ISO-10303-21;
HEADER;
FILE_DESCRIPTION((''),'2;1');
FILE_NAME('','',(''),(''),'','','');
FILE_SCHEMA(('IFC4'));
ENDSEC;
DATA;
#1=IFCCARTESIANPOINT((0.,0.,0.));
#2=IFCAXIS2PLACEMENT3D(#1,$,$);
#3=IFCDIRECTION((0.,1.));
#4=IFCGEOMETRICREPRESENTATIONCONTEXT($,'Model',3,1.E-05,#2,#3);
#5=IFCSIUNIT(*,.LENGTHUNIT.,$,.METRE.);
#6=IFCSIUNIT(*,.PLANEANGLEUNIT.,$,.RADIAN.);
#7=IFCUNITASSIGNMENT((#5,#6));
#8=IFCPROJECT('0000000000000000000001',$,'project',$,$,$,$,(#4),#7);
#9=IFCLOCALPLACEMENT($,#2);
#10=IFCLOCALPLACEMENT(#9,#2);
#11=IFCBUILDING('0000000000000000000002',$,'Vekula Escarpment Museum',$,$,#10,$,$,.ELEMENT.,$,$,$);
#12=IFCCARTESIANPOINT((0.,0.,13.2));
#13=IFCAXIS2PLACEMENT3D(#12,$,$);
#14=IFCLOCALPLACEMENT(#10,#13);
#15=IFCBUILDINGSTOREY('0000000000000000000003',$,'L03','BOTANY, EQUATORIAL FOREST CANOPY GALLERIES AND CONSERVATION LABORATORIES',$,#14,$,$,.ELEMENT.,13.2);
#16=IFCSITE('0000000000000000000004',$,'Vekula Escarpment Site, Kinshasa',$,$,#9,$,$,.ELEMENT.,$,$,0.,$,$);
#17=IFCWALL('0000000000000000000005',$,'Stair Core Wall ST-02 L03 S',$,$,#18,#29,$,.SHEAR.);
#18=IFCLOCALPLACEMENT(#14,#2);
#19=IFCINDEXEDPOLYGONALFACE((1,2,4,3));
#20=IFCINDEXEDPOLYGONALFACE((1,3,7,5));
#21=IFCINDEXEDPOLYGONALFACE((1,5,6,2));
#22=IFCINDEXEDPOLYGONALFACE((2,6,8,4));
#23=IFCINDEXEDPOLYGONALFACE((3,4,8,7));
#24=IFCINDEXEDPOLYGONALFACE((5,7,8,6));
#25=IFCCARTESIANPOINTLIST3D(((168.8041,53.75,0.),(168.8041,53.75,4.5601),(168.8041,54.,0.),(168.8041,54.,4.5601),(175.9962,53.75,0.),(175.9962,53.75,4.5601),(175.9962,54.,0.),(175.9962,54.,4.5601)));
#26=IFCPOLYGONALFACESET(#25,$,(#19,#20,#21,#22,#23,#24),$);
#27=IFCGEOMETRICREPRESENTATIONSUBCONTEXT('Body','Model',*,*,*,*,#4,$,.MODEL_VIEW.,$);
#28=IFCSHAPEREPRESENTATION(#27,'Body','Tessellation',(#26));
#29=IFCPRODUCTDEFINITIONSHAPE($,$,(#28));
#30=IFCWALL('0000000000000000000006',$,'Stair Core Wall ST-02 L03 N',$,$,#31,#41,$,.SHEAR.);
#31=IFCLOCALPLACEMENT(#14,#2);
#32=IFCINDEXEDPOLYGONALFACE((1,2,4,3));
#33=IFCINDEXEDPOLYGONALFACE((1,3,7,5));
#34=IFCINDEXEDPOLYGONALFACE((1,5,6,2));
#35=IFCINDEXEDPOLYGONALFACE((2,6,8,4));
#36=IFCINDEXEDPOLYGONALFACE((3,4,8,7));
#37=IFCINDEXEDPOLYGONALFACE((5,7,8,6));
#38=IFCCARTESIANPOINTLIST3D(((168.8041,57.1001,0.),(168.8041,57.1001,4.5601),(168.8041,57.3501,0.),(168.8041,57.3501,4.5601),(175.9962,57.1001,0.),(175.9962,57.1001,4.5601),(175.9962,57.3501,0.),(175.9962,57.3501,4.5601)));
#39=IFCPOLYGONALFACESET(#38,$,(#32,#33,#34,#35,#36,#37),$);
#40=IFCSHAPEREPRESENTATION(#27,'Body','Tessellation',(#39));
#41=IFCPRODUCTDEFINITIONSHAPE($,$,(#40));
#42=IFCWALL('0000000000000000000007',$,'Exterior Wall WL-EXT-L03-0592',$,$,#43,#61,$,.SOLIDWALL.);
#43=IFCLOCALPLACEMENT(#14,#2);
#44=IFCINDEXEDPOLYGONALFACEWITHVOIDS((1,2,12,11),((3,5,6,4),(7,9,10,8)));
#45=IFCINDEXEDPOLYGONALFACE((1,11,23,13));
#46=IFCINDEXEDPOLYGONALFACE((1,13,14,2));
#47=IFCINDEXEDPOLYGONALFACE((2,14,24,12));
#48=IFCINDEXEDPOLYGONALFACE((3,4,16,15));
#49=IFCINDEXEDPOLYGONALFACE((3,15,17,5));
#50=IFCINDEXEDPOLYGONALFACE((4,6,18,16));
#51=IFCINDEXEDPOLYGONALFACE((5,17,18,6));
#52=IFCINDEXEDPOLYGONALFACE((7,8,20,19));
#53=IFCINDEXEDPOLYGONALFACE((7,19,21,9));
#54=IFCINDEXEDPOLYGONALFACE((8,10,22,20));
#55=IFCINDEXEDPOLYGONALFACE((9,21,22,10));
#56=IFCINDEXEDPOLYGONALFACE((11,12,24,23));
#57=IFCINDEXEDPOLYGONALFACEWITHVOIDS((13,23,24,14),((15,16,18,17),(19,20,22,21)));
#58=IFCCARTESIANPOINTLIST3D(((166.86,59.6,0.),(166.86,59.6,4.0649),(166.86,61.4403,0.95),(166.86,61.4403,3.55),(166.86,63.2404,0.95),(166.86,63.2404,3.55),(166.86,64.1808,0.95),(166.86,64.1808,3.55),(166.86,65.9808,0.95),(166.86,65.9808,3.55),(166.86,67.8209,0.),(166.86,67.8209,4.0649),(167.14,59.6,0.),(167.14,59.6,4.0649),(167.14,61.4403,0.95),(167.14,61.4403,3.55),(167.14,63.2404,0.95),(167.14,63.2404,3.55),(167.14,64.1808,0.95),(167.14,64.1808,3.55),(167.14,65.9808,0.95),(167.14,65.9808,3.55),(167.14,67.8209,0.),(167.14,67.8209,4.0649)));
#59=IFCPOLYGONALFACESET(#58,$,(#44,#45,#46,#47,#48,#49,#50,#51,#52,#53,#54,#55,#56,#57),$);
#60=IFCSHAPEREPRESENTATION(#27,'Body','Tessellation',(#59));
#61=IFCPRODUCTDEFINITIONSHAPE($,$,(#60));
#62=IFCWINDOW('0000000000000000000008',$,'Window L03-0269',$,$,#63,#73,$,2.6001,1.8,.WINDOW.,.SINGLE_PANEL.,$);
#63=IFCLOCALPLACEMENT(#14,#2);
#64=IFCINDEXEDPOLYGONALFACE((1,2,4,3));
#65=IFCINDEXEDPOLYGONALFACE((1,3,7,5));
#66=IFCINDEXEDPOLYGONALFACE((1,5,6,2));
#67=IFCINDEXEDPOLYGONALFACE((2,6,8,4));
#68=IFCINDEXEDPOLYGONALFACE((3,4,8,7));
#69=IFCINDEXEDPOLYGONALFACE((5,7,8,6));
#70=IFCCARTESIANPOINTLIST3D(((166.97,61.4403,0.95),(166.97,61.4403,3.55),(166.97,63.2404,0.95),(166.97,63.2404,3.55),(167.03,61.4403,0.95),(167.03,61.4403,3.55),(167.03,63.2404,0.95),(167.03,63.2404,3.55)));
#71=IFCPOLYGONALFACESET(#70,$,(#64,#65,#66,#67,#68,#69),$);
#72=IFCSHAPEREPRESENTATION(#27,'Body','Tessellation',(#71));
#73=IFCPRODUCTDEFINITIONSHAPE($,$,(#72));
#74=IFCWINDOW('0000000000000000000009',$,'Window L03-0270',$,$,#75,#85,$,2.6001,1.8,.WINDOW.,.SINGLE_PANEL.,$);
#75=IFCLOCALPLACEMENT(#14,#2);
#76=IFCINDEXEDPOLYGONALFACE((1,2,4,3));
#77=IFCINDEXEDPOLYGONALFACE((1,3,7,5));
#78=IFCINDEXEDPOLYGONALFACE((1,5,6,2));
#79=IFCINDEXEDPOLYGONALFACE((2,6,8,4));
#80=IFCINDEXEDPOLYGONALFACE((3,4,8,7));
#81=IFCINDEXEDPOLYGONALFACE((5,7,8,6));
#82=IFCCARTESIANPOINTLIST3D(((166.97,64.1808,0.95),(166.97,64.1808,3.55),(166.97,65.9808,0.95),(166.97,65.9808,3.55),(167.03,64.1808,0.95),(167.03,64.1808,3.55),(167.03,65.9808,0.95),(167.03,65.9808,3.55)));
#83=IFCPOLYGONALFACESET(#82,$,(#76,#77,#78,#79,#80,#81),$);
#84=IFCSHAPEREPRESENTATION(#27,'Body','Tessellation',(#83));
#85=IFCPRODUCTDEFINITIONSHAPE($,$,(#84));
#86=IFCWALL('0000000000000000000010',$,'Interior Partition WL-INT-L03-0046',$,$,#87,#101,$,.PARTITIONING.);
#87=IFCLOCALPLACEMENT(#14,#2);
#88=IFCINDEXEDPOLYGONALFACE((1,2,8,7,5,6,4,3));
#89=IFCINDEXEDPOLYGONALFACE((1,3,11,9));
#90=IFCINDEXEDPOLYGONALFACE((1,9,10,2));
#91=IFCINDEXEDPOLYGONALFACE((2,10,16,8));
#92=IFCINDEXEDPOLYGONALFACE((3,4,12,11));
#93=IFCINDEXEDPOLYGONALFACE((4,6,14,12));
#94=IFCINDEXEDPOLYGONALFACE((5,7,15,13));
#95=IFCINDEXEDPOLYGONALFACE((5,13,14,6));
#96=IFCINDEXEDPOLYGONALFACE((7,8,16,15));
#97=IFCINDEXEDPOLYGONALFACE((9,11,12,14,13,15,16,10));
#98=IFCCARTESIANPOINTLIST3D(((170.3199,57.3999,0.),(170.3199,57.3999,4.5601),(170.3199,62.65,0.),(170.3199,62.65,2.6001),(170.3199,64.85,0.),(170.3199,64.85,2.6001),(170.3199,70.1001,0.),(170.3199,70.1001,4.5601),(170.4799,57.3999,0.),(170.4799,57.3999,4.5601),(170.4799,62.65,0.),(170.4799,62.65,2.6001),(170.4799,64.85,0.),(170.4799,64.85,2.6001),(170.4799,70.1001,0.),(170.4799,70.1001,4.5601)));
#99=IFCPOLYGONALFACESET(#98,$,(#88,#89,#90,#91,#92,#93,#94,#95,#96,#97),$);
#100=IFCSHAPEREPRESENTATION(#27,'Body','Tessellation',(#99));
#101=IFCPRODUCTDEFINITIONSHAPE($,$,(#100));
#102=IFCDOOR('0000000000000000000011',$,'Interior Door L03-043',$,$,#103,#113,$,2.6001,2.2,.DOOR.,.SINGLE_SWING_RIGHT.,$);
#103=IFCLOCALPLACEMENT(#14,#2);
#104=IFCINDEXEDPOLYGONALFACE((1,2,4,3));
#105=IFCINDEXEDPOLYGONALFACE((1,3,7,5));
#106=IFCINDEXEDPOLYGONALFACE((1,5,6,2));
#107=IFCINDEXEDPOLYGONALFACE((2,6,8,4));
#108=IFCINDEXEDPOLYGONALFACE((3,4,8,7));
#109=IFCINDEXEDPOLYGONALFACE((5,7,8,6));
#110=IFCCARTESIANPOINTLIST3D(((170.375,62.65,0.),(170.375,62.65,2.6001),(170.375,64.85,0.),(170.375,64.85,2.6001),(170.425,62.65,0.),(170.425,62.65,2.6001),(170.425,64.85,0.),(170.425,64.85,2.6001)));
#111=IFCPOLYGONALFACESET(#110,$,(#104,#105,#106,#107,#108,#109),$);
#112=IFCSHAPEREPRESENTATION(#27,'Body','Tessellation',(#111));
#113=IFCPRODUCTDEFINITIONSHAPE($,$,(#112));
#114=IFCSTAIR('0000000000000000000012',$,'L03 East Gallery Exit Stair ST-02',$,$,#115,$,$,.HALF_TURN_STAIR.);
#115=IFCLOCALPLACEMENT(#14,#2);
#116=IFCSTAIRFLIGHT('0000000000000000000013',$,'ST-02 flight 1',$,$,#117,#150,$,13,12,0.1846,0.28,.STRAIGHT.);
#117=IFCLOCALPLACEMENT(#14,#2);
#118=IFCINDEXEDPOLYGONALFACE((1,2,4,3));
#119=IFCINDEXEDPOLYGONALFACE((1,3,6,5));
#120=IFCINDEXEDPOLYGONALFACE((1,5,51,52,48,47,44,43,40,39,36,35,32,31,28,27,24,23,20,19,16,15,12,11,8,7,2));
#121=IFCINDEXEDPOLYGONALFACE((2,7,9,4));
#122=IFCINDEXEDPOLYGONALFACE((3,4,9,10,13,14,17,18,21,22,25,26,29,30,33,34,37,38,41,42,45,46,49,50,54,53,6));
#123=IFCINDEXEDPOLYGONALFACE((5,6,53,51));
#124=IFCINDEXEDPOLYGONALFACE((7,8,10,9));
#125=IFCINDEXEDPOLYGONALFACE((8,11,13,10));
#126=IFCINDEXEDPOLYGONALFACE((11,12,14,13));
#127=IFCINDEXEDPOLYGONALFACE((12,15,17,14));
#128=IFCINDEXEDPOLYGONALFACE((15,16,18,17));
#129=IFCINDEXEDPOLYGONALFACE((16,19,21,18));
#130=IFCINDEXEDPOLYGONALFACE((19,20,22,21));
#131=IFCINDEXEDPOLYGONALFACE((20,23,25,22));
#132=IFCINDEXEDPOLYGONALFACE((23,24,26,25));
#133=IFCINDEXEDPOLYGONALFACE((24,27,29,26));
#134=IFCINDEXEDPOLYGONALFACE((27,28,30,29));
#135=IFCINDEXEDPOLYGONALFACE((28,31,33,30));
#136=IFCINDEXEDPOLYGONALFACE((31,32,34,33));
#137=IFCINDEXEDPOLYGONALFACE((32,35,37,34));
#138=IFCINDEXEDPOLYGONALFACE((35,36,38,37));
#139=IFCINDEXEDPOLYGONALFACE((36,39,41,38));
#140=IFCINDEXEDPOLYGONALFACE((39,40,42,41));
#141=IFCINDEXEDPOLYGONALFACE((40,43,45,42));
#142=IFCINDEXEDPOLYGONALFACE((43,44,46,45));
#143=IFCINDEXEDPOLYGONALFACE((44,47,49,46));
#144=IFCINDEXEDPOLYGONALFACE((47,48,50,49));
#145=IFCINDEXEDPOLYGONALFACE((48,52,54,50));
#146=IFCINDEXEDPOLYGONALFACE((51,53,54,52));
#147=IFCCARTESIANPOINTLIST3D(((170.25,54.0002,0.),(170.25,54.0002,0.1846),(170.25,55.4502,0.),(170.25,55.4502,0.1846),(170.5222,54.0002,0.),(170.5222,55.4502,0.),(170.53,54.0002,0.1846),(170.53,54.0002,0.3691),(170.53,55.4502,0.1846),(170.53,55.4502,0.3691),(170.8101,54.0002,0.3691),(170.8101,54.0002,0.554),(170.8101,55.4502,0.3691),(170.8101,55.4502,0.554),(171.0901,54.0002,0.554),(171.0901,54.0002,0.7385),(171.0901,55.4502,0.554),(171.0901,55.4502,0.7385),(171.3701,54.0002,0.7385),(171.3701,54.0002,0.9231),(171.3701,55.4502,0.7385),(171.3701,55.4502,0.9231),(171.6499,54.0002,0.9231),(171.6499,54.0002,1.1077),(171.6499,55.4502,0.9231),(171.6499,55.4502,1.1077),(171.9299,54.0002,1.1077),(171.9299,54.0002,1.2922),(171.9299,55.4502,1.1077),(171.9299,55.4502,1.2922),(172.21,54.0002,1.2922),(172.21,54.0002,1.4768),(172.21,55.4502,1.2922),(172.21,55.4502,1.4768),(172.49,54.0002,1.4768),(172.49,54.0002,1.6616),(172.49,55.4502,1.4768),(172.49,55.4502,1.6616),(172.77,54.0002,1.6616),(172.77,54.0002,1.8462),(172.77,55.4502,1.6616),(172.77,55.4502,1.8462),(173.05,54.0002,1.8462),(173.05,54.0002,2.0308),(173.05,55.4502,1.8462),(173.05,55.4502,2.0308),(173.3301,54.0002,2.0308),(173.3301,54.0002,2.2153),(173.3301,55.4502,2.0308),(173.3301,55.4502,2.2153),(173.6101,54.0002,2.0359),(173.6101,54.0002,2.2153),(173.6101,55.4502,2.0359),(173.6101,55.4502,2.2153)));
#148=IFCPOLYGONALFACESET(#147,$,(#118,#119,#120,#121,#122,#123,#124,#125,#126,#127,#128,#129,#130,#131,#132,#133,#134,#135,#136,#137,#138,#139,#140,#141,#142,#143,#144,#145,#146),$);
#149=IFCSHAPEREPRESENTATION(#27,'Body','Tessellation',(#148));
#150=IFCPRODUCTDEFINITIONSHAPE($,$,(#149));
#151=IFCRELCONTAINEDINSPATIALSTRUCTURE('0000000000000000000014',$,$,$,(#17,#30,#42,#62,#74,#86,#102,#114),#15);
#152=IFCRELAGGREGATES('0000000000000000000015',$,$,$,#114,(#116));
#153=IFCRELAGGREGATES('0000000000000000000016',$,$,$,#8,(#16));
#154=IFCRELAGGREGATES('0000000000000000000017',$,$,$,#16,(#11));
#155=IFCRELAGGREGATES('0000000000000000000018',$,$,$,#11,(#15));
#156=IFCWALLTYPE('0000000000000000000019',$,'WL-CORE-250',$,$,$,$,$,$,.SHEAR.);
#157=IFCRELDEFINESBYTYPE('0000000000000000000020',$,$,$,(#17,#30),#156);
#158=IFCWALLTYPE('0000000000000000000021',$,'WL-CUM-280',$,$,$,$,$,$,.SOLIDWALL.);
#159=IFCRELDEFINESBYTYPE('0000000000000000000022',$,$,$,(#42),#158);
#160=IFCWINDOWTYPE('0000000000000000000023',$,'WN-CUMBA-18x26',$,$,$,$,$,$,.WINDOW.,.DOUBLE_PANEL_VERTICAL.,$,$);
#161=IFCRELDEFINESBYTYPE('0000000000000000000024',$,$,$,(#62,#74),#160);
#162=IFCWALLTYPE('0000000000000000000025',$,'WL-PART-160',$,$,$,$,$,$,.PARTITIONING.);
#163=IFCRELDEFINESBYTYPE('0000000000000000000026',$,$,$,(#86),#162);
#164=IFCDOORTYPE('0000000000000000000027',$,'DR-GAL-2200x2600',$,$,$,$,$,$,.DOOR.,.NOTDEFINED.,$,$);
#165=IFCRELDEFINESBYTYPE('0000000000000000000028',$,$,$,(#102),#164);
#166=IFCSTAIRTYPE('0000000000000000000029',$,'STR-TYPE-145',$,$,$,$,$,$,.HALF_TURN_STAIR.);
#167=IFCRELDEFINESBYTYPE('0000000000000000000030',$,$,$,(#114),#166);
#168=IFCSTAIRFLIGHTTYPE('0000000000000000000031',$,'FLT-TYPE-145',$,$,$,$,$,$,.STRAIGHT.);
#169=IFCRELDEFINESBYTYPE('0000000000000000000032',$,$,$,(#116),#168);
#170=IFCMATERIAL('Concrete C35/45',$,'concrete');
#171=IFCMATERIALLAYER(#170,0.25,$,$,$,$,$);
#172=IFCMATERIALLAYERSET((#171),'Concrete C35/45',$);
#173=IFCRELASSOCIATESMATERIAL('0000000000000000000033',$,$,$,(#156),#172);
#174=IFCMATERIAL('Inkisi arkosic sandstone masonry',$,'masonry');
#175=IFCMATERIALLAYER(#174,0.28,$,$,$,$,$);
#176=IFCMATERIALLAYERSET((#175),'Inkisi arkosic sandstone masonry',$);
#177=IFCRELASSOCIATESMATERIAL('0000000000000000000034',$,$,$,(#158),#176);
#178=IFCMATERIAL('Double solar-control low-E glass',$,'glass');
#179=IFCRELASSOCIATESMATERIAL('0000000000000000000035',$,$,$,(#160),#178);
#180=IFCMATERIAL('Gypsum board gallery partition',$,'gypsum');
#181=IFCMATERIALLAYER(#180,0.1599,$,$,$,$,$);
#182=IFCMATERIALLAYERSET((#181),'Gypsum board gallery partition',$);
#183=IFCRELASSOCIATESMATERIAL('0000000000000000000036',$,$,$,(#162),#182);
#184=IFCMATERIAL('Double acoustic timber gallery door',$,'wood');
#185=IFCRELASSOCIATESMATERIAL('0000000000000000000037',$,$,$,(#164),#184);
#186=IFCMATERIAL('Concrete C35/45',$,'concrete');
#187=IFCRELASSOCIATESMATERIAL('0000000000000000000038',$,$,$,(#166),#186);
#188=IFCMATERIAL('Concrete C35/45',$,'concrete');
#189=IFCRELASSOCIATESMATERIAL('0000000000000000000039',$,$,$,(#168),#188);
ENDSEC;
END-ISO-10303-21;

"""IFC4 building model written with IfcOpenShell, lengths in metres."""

from ifc_helpers import new_model, si_unit, direction, frame, frame_2d, origin, place, context, subcontext, project, spatial, polyline, rectangle, outline, extrude, material, layer, layer_set, type_object, element, fill, aggregate, save


model = new_model("IFC4")

# Units and contexts
model_context = context("Model", 3, precision=1e-05, world=origin(), true_north=direction((0.0, 1.0)))
body_context = subcontext(model_context, "Body", "Model", "MODEL_VIEW")
ifc_project = project(units=[si_unit("LENGTHUNIT", "METRE"), si_unit("PLANEANGLEUNIT", "RADIAN")], contexts=[model_context])

# Site, building, storey
site_placement = place(None, origin())
site = spatial("IfcSite", under=ifc_project, at=site_placement, Name="Vekula Escarpment Site, Kinshasa", CompositionType="ELEMENT", RefElevation=0.0)
building_placement = place(site_placement, origin())
building = spatial("IfcBuilding", under=site, at=building_placement, Name="Vekula Escarpment Museum", CompositionType="ELEMENT")
storey_placement = place(building_placement, frame((0.0, 0.0, 13.2)))
storey = spatial("IfcBuildingStorey", under=building, at=storey_placement, Name="L03", Description="BOTANY, EQUATORIAL FOREST CANOPY GALLERIES AND CONSERVATION LABORATORIES", CompositionType="ELEMENT", Elevation=13.2)

# Shared definitions
ifc_material_1 = material(Name="Concrete C35/45", Category="concrete")
ifc_layer_1 = layer(ifc_material_1, 0.25)
ifc_layer_set_1 = layer_set([ifc_layer_1], Name="Concrete C35/45")
wall_type_1 = type_object("IfcWallType", Name="WL-CORE-250", PredefinedType="SHEAR", material=ifc_layer_set_1)

# Walls
for number, where, z_axis, x_axis, name in (
    (1, (168.804, 53.875, 0.0), (0.0, 0.0, 1.0), (1.0, 0.0, 0.0), "Stair Core Wall ST-02 L03 S"),
    (2, (168.804, 57.2251, 0.0), (0.0, 0.0, 1.0), (1.0, 0.0, 0.0), "Stair Core Wall ST-02 L03 N"),
):
    element("IfcWall", number, at=place(storey_placement, frame(where, z_axis=z_axis, x_axis=x_axis)), inside=storey, type_object=wall_type_1, Name=name, PredefinedType="SHEAR", context=body_context, shape_type="SweptSolid", body=[
        extrude(rectangle(XDim=7.1921, YDim=0.25, at=frame_2d((3.5962, 0.0))), origin(), (0.0, 0.0, 1.0), 4.5601),
    ])

# Wall, openings, windows
ifc_material_2 = material(Name="Inkisi arkosic sandstone masonry", Category="masonry")
ifc_layer_2 = layer(ifc_material_2, 0.28)
ifc_layer_set_2 = layer_set([ifc_layer_2], Name="Inkisi arkosic sandstone masonry")
wall_type_2 = type_object("IfcWallType", Name="WL-CUM-280", PredefinedType="SOLIDWALL", material=ifc_layer_set_2)
wall_1_placement = place(storey_placement, frame((167.0, 59.6001, 0.0), z_axis=(0.0, 0.0, 1.0), x_axis=(0.0, 1.0, 0.0)))
wall_1 = element("IfcWall", 3, at=wall_1_placement, inside=storey, type_object=wall_type_2, Name="Exterior Wall WL-EXT-L03-0592", PredefinedType="SOLIDWALL", context=body_context, shape_type="SweptSolid", body=[
    extrude(rectangle(XDim=8.2209, YDim=0.28, at=frame_2d((4.1104, 0.0))), origin(), (0.0, 0.0, 1.0), 4.0649),
])
opening_1_placement = place(wall_1_placement, frame((1.8403, 0.0, 0.95)))
opening_1 = element("IfcOpeningElement", 4, at=opening_1_placement, cuts=wall_1, PredefinedType="OPENING", context=body_context, shape_type="SweptSolid", body=[
    extrude(rectangle(XDim=1.8, YDim=2.6001, at=frame_2d((0.8999, 1.3))), frame((0.0, 0.1499, 0.0), z_axis=(0.0, -1.0, 0.0), x_axis=(1.0, 0.0, 0.0)), (0.0, 0.0, 1.0), 0.3),
])
opening_2_placement = place(wall_1_placement, frame((4.5808, 0.0, 0.95)))
opening_2 = element("IfcOpeningElement", 5, at=opening_2_placement, cuts=wall_1, PredefinedType="OPENING", context=body_context, shape_type="SweptSolid", body=[
    extrude(rectangle(XDim=1.8, YDim=2.6001, at=frame_2d((0.8999, 1.3))), frame((0.0, 0.1499, 0.0), z_axis=(0.0, -1.0, 0.0), x_axis=(1.0, 0.0, 0.0)), (0.0, 0.0, 1.0), 0.3),
])
ifc_material_3 = material(Name="Double solar-control low-E glass", Category="glass")
window_type = type_object("IfcWindowType", Name="WN-CUMBA-18x26", PartitioningType="DOUBLE_PANEL_VERTICAL", PredefinedType="WINDOW", material=ifc_material_3)
window_1_placement = place(opening_1_placement, origin())
window_1 = element("IfcWindow", 6, at=window_1_placement, inside=storey, type_object=window_type, Name="Window L03-0269", OverallHeight=2.6001, OverallWidth=1.8, PartitioningType="SINGLE_PANEL", PredefinedType="WINDOW", context=body_context, shape_type="SweptSolid", body=[
    extrude(rectangle(XDim=1.8, YDim=2.6001, at=frame_2d((0.8999, 1.3))), frame((0.0, 0.03, 0.0), z_axis=(0.0, -1.0, 0.0), x_axis=(1.0, 0.0, 0.0)), (0.0, 0.0, 1.0), 0.0601),
])
fill(opening_1, window_1)
window_2_placement = place(opening_2_placement, origin())
window_2 = element("IfcWindow", 7, at=window_2_placement, inside=storey, type_object=window_type, Name="Window L03-0270", OverallHeight=2.6001, OverallWidth=1.8, PartitioningType="SINGLE_PANEL", PredefinedType="WINDOW", context=body_context, shape_type="SweptSolid", body=[
    extrude(rectangle(XDim=1.8, YDim=2.6001, at=frame_2d((0.8999, 1.3))), frame((0.0, 0.03, 0.0), z_axis=(0.0, -1.0, 0.0), x_axis=(1.0, 0.0, 0.0)), (0.0, 0.0, 1.0), 0.0601),
])
fill(opening_2, window_2)

# Wall, opening, door
ifc_material_4 = material(Name="Gypsum board gallery partition", Category="gypsum")
ifc_layer_3 = layer(ifc_material_4, 0.1599)
ifc_layer_set_3 = layer_set([ifc_layer_3], Name="Gypsum board gallery partition")
wall_type_3 = type_object("IfcWallType", Name="WL-PART-160", PredefinedType="PARTITIONING", material=ifc_layer_set_3)
wall_2_placement = place(storey_placement, frame((170.3999, 57.3999, 0.0), z_axis=(0.0, 0.0, 1.0), x_axis=(0.0, 1.0, 0.0)))
wall_2 = element("IfcWall", 8, at=wall_2_placement, inside=storey, type_object=wall_type_3, Name="Interior Partition WL-INT-L03-0046", PredefinedType="PARTITIONING", context=body_context, shape_type="SweptSolid", body=[
    extrude(rectangle(XDim=12.7002, YDim=0.1599, at=frame_2d((6.3501, 0.0))), origin(), (0.0, 0.0, 1.0), 4.5601),
])
opening_3_placement = place(wall_2_placement, frame((5.25, 0.0, 0.0)))
opening_3 = element("IfcOpeningElement", 9, at=opening_3_placement, cuts=wall_2, PredefinedType="OPENING", context=body_context, shape_type="SweptSolid", body=[
    extrude(rectangle(XDim=2.2, YDim=2.6001, at=frame_2d((1.1001, 1.3))), frame((0.0, 0.0898, 0.0), z_axis=(0.0, -1.0, 0.0), x_axis=(1.0, 0.0, 0.0)), (0.0, 0.0, 1.0), 0.1799),
])
ifc_material_5 = material(Name="Double acoustic timber gallery door", Category="wood")
door_type_1 = type_object("IfcDoorType", Name="DR-GAL-2200x2600", OperationType="NOTDEFINED", PredefinedType="DOOR", material=ifc_material_5)
door_1_placement = place(opening_3_placement, origin())
door_1 = element("IfcDoor", 10, at=door_1_placement, inside=storey, type_object=door_type_1, Name="Interior Door L03-043", OperationType="SINGLE_SWING_RIGHT", OverallHeight=2.6001, OverallWidth=2.2, PredefinedType="DOOR", context=body_context, shape_type="SweptSolid", body=[
    extrude(rectangle(XDim=2.2, YDim=2.6001, at=frame_2d((1.1001, 1.3))), frame((0.0, 0.0249, 0.0), z_axis=(0.0, -1.0, 0.0), x_axis=(1.0, 0.0, 0.0)), (0.0, 0.0, 1.0), 0.05),
])
fill(opening_3, door_1)

# Stair, stair flight
ifc_material_6 = material(Name="Concrete C35/45", Category="concrete")
stair_type = type_object("IfcStairType", Name="STR-TYPE-145", PredefinedType="HALF_TURN_STAIR", material=ifc_material_6)
stair_placement = place(storey_placement, origin())
stair = element("IfcStair", 11, at=stair_placement, inside=storey, type_object=stair_type, Name="L03 East Gallery Exit Stair ST-02", PredefinedType="HALF_TURN_STAIR")
ifc_material_7 = material(Name="Concrete C35/45", Category="concrete")
stair_flight_type = type_object("IfcStairFlightType", Name="FLT-TYPE-145", PredefinedType="STRAIGHT", material=ifc_material_7)
stair_flight_1_placement = place(storey_placement, frame((170.25, 54.7251, 0.0), z_axis=(0.0, 0.0, 1.0), x_axis=(1.0, 0.0, 0.0)))
stair_flight_1 = element("IfcStairFlight", 12, at=stair_flight_1_placement, type_object=stair_flight_type, Name="ST-02 flight 1", NumberOfRisers=13, NumberOfTreads=12, PredefinedType="STRAIGHT", RiserHeight=0.1846, TreadLength=0.28, context=body_context, shape_type="SweptSolid", body=[
    extrude(outline(polyline([(0.0, 0.0), (0.0, 0.1846), (0.28, 0.1846), (0.28, 0.3691), (0.5601, 0.3691), (0.5601, 0.554), (0.8401, 0.554), (0.8401, 0.7385), (1.1201, 0.7385), (1.1201, 0.9231), (1.3999, 0.9231), (1.3999, 1.1077), (1.6799, 1.1077), (1.6799, 1.2922), (1.96, 1.2922), (1.96, 1.4768), (2.24, 1.4768), (2.24, 1.6616), (2.52, 1.6616), (2.52, 1.8462), (2.8, 1.8462), (2.8, 2.0308), (3.0801, 2.0308), (3.0801, 2.2153), (3.3601, 2.2153), (3.3601, 2.3999), (3.3601, 2.0359), (0.2722, 0.0), (0.0, 0.0)])), frame((0.0, 0.7251, 0.0), z_axis=(0.0, -1.0, 0.0), x_axis=(1.0, 0.0, 0.0)), (0.0, 0.0, 1.0), 1.45),
])
aggregate(stair, [stair_flight_1])

save(model, "model.ifc")
